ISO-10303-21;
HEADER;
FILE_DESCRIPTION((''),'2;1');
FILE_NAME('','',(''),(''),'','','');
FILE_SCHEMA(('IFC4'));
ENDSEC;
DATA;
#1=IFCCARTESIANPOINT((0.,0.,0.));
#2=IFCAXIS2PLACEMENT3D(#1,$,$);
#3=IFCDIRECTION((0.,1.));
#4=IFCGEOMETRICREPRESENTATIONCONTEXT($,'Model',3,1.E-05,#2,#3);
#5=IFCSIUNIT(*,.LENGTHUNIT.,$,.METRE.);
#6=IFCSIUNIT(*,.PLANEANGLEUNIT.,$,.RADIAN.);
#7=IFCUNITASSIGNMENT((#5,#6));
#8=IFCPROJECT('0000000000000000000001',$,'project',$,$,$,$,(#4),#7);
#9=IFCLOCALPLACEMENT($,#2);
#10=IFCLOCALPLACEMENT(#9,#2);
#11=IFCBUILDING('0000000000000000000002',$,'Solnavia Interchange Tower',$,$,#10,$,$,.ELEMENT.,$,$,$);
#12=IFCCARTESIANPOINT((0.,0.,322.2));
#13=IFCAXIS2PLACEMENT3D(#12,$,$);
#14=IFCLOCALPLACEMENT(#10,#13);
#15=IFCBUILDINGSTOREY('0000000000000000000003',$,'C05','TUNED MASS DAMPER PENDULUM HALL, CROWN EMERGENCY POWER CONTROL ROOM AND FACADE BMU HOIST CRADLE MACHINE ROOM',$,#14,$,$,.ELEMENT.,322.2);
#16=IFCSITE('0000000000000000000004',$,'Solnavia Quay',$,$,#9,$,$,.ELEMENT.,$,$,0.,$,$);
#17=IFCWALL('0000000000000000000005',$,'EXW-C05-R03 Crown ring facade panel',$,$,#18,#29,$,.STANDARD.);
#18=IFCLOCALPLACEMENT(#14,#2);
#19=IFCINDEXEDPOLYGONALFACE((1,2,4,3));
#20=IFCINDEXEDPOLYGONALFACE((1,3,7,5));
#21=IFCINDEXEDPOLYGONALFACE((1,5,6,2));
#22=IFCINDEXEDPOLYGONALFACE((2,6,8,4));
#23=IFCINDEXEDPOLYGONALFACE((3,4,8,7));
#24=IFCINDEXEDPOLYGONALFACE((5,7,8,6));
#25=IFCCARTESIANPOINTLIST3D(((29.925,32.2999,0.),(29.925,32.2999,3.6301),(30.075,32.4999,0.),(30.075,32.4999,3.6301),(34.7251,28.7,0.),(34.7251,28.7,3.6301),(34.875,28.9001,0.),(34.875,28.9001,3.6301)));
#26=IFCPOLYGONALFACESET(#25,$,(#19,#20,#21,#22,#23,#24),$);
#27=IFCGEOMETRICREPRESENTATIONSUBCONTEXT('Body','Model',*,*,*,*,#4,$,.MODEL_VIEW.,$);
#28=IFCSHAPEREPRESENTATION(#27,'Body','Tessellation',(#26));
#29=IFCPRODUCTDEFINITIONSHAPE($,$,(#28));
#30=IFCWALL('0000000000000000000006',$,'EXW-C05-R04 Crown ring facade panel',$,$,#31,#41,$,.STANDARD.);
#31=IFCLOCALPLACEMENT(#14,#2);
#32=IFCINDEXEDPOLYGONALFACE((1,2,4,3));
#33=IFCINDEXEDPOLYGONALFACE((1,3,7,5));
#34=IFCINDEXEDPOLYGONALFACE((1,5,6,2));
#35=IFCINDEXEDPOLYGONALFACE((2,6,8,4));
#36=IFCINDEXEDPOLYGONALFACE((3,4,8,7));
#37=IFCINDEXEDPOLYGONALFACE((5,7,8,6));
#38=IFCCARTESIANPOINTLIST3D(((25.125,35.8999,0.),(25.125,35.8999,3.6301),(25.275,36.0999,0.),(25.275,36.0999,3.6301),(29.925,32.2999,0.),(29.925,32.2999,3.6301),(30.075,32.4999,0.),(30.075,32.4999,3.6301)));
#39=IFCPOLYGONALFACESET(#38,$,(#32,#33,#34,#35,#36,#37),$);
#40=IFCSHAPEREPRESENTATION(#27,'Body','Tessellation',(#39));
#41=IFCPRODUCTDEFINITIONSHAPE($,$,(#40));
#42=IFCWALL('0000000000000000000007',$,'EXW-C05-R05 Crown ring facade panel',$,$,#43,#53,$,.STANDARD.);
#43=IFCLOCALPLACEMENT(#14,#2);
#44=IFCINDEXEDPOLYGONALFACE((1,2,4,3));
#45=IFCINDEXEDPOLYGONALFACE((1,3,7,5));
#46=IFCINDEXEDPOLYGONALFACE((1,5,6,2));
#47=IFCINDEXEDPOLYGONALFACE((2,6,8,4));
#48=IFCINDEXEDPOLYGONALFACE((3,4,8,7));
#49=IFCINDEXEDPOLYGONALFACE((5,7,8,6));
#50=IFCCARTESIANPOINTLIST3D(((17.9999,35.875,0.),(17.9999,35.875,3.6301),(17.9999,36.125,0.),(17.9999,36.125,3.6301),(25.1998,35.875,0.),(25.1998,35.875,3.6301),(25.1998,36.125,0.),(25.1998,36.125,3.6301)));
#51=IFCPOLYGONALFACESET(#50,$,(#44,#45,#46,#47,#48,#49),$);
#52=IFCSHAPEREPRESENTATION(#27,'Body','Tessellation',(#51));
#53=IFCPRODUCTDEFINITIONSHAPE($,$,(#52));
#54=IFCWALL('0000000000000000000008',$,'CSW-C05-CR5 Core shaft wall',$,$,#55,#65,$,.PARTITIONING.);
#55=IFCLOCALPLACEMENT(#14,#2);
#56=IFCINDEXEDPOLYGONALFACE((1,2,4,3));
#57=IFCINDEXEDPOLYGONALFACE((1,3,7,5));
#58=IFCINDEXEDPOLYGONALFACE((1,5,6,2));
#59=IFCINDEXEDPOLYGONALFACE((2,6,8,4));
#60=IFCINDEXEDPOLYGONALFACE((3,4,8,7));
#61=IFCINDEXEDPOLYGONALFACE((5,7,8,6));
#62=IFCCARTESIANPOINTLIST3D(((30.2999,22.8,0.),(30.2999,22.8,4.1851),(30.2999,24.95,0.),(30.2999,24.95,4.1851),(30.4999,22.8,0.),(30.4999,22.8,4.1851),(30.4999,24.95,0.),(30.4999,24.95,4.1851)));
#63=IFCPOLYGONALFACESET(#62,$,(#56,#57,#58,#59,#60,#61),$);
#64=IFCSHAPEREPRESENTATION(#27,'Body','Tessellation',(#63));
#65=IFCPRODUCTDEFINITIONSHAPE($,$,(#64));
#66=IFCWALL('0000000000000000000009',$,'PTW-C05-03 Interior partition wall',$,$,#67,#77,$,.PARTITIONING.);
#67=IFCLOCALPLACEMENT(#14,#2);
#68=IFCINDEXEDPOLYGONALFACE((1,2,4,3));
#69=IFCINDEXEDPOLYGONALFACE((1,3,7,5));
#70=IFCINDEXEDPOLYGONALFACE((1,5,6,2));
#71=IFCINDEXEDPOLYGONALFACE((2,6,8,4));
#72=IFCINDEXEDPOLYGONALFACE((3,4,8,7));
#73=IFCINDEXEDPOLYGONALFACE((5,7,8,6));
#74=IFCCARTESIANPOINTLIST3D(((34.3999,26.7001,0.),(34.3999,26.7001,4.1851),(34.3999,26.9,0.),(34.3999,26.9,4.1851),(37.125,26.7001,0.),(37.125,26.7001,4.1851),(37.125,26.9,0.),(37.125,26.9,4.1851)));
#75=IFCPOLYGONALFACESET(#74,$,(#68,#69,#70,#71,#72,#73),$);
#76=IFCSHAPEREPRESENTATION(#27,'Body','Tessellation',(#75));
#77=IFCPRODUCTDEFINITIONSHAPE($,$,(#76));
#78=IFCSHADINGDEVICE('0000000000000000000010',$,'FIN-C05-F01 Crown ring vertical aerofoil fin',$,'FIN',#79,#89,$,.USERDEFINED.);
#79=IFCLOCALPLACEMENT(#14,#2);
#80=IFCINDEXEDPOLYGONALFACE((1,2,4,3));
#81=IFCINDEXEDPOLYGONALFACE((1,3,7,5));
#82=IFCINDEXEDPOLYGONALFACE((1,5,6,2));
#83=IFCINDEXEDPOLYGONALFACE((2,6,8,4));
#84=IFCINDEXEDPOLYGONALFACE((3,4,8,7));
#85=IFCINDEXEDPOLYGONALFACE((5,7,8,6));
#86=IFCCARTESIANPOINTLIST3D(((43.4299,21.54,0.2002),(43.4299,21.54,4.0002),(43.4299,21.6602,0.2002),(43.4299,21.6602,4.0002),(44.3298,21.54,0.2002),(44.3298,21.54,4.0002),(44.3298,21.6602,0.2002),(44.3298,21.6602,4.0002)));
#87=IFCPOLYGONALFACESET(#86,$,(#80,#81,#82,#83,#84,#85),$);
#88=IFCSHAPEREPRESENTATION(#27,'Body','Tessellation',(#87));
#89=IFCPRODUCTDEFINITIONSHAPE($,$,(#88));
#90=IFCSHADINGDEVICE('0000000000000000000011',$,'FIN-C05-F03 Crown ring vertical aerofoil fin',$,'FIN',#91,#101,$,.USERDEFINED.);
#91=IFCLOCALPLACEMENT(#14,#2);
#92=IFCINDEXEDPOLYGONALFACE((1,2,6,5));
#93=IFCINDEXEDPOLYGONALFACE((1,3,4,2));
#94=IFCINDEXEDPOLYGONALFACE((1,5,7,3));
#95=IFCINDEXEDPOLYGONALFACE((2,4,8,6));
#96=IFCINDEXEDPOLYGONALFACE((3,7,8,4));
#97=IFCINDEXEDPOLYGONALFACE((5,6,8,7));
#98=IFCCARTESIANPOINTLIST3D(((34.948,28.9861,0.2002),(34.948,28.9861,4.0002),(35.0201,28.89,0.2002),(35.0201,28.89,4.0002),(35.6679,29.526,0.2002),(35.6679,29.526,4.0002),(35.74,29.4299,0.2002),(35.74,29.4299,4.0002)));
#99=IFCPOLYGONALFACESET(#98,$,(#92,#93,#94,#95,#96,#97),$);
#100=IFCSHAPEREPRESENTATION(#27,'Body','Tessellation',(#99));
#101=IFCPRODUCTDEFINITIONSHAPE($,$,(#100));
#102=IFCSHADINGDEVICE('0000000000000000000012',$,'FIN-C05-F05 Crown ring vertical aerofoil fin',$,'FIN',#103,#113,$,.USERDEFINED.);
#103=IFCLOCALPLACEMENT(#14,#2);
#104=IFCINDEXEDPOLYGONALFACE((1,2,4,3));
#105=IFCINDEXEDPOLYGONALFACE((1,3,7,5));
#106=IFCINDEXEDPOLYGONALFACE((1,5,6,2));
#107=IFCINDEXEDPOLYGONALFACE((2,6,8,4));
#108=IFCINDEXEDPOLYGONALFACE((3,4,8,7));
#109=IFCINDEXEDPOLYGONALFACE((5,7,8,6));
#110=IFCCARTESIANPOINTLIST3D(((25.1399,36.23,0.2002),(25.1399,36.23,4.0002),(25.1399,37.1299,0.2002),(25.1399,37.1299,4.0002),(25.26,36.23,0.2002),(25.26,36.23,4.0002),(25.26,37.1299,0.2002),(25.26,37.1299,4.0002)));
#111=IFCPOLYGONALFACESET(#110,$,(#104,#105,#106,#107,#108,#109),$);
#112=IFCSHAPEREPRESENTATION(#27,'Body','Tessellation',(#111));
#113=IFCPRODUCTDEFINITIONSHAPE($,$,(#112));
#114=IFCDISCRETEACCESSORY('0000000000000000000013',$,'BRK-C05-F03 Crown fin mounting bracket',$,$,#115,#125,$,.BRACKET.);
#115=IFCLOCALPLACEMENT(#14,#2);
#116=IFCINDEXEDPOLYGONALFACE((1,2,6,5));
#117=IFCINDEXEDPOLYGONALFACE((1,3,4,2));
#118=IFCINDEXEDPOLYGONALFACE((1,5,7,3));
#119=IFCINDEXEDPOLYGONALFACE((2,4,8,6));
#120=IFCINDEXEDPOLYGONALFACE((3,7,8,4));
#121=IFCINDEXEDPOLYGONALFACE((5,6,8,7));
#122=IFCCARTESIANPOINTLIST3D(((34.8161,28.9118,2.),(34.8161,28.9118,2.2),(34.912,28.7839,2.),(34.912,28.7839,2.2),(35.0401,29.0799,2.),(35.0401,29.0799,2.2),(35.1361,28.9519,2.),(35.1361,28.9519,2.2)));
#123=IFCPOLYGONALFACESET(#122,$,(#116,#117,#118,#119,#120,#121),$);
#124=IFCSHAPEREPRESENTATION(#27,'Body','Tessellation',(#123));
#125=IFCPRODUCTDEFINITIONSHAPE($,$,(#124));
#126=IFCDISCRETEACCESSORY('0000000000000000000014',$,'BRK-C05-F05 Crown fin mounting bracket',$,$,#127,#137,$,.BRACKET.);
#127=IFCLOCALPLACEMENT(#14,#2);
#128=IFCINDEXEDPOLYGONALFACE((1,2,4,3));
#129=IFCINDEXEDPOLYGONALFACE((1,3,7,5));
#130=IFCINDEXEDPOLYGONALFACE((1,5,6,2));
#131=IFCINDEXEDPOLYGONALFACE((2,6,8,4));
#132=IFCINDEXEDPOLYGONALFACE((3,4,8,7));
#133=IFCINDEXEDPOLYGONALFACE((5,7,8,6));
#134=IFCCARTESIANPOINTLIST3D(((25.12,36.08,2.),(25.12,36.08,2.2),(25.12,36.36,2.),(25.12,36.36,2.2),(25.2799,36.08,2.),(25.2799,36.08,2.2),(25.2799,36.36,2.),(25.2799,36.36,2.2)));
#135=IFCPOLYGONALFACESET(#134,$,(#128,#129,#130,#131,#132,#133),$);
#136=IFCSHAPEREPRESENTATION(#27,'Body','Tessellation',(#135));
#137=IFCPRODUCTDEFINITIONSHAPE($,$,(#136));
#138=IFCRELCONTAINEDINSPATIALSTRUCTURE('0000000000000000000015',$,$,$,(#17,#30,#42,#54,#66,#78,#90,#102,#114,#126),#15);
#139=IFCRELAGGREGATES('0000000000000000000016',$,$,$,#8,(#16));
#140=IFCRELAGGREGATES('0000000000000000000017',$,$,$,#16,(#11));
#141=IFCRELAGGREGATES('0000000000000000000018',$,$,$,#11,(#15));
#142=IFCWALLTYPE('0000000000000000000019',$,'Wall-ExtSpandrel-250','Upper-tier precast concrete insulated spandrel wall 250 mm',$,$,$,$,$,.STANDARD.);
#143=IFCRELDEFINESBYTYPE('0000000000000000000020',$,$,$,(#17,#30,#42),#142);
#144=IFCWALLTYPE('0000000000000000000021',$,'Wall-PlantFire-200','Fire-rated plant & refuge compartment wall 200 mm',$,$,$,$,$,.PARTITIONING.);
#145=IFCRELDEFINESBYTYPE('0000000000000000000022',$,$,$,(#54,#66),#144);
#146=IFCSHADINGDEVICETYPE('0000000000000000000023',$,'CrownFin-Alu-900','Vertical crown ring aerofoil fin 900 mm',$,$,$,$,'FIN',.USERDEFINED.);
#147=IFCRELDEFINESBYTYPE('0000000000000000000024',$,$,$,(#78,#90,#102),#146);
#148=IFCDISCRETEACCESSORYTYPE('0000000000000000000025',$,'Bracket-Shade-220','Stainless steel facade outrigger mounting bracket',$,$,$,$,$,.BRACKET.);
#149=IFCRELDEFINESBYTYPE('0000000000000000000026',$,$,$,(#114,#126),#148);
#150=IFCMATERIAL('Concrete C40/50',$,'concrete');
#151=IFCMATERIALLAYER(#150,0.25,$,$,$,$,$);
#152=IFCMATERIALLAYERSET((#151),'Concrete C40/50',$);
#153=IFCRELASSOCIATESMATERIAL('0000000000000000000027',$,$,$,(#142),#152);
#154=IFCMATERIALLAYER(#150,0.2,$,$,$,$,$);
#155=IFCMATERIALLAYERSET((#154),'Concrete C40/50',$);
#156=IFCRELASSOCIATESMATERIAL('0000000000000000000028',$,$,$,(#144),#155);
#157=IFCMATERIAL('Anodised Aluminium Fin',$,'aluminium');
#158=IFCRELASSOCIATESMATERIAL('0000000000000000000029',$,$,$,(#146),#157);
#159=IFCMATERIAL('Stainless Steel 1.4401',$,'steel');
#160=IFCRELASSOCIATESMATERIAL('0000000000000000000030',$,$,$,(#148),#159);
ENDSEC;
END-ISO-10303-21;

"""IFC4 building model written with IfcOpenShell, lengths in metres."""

from ifc_helpers import new_model, si_unit, direction, frame, frame_2d, origin, origin_2d, place, context, subcontext, project, spatial, rectangle, extrude, material, layer, layer_set, type_object, element, save


model = new_model("IFC4")

# Units and contexts
model_context = context("Model", 3, precision=1e-05, world=origin(), true_north=direction((0.0, 1.0)))
body_context = subcontext(model_context, "Body", "Model", "MODEL_VIEW")
ifc_project = project(units=[si_unit("LENGTHUNIT", "METRE"), si_unit("PLANEANGLEUNIT", "RADIAN")], contexts=[model_context])

# Site, building, storey
site_placement = place(None, origin())
site = spatial("IfcSite", under=ifc_project, at=site_placement, Name="Solnavia Quay", CompositionType="ELEMENT", RefElevation=0.0)
building_placement = place(site_placement, origin())
building = spatial("IfcBuilding", under=site, at=building_placement, Name="Solnavia Interchange Tower", CompositionType="ELEMENT")
storey_placement = place(building_placement, frame((0.0, 0.0, 322.2)))
storey = spatial("IfcBuildingStorey", under=building, at=storey_placement, Name="C05", Description="TUNED MASS DAMPER PENDULUM HALL, CROWN EMERGENCY POWER CONTROL ROOM AND FACADE BMU HOIST CRADLE MACHINE ROOM", CompositionType="ELEMENT", Elevation=322.2)

# Walls
ifc_material_1 = material(Name="Concrete C40/50", Category="concrete")
ifc_layer_1 = layer(ifc_material_1, 0.25)
ifc_layer_set_1 = layer_set([ifc_layer_1], Name="Concrete C40/50")
wall_type_1 = type_object("IfcWallType", Name="Wall-ExtSpandrel-250", Description="Upper-tier precast concrete insulated spandrel wall 250 mm", PredefinedType="STANDARD", material=ifc_layer_set_1)
for number, where, z_axis, x_axis, name in (
    (1, (34.8, 28.8, 0.0), (0.0, 0.0, 1.0), (-0.800015, 0.59998, 0.0), "EXW-C05-R03 Crown ring facade panel"),
    (2, (30.0, 32.3999, 0.0), (0.0, 0.0, 1.0), (-0.799995, 0.600007, 0.0), "EXW-C05-R04 Crown ring facade panel"),
):
    element("IfcWall", number, at=place(storey_placement, frame(where, z_axis=z_axis, x_axis=x_axis)), inside=storey, type_object=wall_type_1, Name=name, PredefinedType="STANDARD", context=body_context, shape_type="SweptSolid", body=[
        extrude(rectangle(XDim=6.0, YDim=0.25, at=frame_2d((3.0, 0.0))), origin(), (0.0, 0.0, 1.0), 3.6301),
    ])
wall_1_placement = place(storey_placement, frame((25.2, 36.0, 0.0), z_axis=(0.0, 0.0, 1.0), x_axis=(-1.0, 0.0, 0.0)))
element("IfcWall", 3, at=wall_1_placement, inside=storey, type_object=wall_type_1, Name="EXW-C05-R05 Crown ring facade panel", PredefinedType="STANDARD", context=body_context, shape_type="SweptSolid", body=[
    extrude(rectangle(XDim=7.2, YDim=0.25, at=frame_2d((3.6001, 0.0))), origin(), (0.0, 0.0, 1.0), 3.6301),
])
ifc_layer_2 = layer(ifc_material_1, 0.2)
ifc_layer_set_2 = layer_set([ifc_layer_2], Name="Concrete C40/50")
wall_type_2 = type_object("IfcWallType", Name="Wall-PlantFire-200", Description="Fire-rated plant & refuge compartment wall 200 mm", PredefinedType="PARTITIONING", material=ifc_layer_set_2)
wall_2_placement = place(storey_placement, frame((30.3999, 22.8, 0.0), z_axis=(0.0, 0.0, 1.0), x_axis=(0.0, 1.0, 0.0)))
element("IfcWall", 4, at=wall_2_placement, inside=storey, type_object=wall_type_2, Name="CSW-C05-CR5 Core shaft wall", PredefinedType="PARTITIONING", context=body_context, shape_type="SweptSolid", body=[
    extrude(rectangle(XDim=2.1499, YDim=0.2, at=frame_2d((1.075, 0.0))), origin(), (0.0, 0.0, 1.0), 4.1851),
])
wall_3_placement = place(storey_placement, frame((34.3999, 26.8, 0.0), z_axis=(0.0, 0.0, 1.0), x_axis=(1.0, 0.0, 0.0)))
element("IfcWall", 5, at=wall_3_placement, inside=storey, type_object=wall_type_2, Name="PTW-C05-03 Interior partition wall", PredefinedType="PARTITIONING", context=body_context, shape_type="SweptSolid", body=[
    extrude(rectangle(XDim=2.7251, YDim=0.2, at=frame_2d((1.3625, 0.0))), origin(), (0.0, 0.0, 1.0), 4.1851),
])

# Shading devices
ifc_material_2 = material(Name="Anodised Aluminium Fin", Category="aluminium")
shading_device_type = type_object("IfcShadingDeviceType", Name="CrownFin-Alu-900", Description="Vertical crown ring aerofoil fin 900 mm", ElementType="FIN", PredefinedType="USERDEFINED", material=ifc_material_2)
for number, where, z_axis, x_axis, name in (
    (6, (43.8799, 21.6001, 0.2002), (0.0, 0.0, 1.0), (1.0, 0.0, 0.0), "FIN-C05-F01 Crown ring vertical aerofoil fin"),
    (7, (35.344, 29.208, 0.2002), (0.0, 0.0, 1.0), (0.799999, 0.600001, 0.0), "FIN-C05-F03 Crown ring vertical aerofoil fin"),
    (8, (25.2, 36.6799, 0.2002), (0.0, 0.0, 1.0), (0.0, 1.0, 0.0), "FIN-C05-F05 Crown ring vertical aerofoil fin"),
):
    element("IfcShadingDevice", number, at=place(storey_placement, frame(where, z_axis=z_axis, x_axis=x_axis)), inside=storey, type_object=shading_device_type, Name=name, ObjectType="FIN", PredefinedType="USERDEFINED", context=body_context, shape_type="SweptSolid", body=[
        extrude(rectangle(XDim=0.8999, YDim=0.1201, at=origin_2d()), origin(), (0.0, 0.0, 1.0), 3.8),
    ])

# Discrete accessories
ifc_material_3 = material(Name="Stainless Steel 1.4401", Category="steel")
discrete_accessory_type = type_object("IfcDiscreteAccessoryType", Name="Bracket-Shade-220", Description="Stainless steel facade outrigger mounting bracket", PredefinedType="BRACKET", material=ifc_material_3)
for number, where, z_axis, x_axis, name in (
    (9, (34.9761, 28.9319, 2.0), (0.0, 0.0, 1.0), (0.799999, 0.600001, 0.0), "BRK-C05-F03 Crown fin mounting bracket"),
    (10, (25.2, 36.22, 2.0), (0.0, 0.0, 1.0), (0.0, 1.0, 0.0), "BRK-C05-F05 Crown fin mounting bracket"),
):
    element("IfcDiscreteAccessory", number, at=place(storey_placement, frame(where, z_axis=z_axis, x_axis=x_axis)), inside=storey, type_object=discrete_accessory_type, Name=name, PredefinedType="BRACKET", context=body_context, shape_type="SweptSolid", body=[
        extrude(rectangle(XDim=0.28, YDim=0.1599, at=origin_2d()), origin(), (0.0, 0.0, 1.0), 0.2),
    ])

save(model, "model.ifc")
